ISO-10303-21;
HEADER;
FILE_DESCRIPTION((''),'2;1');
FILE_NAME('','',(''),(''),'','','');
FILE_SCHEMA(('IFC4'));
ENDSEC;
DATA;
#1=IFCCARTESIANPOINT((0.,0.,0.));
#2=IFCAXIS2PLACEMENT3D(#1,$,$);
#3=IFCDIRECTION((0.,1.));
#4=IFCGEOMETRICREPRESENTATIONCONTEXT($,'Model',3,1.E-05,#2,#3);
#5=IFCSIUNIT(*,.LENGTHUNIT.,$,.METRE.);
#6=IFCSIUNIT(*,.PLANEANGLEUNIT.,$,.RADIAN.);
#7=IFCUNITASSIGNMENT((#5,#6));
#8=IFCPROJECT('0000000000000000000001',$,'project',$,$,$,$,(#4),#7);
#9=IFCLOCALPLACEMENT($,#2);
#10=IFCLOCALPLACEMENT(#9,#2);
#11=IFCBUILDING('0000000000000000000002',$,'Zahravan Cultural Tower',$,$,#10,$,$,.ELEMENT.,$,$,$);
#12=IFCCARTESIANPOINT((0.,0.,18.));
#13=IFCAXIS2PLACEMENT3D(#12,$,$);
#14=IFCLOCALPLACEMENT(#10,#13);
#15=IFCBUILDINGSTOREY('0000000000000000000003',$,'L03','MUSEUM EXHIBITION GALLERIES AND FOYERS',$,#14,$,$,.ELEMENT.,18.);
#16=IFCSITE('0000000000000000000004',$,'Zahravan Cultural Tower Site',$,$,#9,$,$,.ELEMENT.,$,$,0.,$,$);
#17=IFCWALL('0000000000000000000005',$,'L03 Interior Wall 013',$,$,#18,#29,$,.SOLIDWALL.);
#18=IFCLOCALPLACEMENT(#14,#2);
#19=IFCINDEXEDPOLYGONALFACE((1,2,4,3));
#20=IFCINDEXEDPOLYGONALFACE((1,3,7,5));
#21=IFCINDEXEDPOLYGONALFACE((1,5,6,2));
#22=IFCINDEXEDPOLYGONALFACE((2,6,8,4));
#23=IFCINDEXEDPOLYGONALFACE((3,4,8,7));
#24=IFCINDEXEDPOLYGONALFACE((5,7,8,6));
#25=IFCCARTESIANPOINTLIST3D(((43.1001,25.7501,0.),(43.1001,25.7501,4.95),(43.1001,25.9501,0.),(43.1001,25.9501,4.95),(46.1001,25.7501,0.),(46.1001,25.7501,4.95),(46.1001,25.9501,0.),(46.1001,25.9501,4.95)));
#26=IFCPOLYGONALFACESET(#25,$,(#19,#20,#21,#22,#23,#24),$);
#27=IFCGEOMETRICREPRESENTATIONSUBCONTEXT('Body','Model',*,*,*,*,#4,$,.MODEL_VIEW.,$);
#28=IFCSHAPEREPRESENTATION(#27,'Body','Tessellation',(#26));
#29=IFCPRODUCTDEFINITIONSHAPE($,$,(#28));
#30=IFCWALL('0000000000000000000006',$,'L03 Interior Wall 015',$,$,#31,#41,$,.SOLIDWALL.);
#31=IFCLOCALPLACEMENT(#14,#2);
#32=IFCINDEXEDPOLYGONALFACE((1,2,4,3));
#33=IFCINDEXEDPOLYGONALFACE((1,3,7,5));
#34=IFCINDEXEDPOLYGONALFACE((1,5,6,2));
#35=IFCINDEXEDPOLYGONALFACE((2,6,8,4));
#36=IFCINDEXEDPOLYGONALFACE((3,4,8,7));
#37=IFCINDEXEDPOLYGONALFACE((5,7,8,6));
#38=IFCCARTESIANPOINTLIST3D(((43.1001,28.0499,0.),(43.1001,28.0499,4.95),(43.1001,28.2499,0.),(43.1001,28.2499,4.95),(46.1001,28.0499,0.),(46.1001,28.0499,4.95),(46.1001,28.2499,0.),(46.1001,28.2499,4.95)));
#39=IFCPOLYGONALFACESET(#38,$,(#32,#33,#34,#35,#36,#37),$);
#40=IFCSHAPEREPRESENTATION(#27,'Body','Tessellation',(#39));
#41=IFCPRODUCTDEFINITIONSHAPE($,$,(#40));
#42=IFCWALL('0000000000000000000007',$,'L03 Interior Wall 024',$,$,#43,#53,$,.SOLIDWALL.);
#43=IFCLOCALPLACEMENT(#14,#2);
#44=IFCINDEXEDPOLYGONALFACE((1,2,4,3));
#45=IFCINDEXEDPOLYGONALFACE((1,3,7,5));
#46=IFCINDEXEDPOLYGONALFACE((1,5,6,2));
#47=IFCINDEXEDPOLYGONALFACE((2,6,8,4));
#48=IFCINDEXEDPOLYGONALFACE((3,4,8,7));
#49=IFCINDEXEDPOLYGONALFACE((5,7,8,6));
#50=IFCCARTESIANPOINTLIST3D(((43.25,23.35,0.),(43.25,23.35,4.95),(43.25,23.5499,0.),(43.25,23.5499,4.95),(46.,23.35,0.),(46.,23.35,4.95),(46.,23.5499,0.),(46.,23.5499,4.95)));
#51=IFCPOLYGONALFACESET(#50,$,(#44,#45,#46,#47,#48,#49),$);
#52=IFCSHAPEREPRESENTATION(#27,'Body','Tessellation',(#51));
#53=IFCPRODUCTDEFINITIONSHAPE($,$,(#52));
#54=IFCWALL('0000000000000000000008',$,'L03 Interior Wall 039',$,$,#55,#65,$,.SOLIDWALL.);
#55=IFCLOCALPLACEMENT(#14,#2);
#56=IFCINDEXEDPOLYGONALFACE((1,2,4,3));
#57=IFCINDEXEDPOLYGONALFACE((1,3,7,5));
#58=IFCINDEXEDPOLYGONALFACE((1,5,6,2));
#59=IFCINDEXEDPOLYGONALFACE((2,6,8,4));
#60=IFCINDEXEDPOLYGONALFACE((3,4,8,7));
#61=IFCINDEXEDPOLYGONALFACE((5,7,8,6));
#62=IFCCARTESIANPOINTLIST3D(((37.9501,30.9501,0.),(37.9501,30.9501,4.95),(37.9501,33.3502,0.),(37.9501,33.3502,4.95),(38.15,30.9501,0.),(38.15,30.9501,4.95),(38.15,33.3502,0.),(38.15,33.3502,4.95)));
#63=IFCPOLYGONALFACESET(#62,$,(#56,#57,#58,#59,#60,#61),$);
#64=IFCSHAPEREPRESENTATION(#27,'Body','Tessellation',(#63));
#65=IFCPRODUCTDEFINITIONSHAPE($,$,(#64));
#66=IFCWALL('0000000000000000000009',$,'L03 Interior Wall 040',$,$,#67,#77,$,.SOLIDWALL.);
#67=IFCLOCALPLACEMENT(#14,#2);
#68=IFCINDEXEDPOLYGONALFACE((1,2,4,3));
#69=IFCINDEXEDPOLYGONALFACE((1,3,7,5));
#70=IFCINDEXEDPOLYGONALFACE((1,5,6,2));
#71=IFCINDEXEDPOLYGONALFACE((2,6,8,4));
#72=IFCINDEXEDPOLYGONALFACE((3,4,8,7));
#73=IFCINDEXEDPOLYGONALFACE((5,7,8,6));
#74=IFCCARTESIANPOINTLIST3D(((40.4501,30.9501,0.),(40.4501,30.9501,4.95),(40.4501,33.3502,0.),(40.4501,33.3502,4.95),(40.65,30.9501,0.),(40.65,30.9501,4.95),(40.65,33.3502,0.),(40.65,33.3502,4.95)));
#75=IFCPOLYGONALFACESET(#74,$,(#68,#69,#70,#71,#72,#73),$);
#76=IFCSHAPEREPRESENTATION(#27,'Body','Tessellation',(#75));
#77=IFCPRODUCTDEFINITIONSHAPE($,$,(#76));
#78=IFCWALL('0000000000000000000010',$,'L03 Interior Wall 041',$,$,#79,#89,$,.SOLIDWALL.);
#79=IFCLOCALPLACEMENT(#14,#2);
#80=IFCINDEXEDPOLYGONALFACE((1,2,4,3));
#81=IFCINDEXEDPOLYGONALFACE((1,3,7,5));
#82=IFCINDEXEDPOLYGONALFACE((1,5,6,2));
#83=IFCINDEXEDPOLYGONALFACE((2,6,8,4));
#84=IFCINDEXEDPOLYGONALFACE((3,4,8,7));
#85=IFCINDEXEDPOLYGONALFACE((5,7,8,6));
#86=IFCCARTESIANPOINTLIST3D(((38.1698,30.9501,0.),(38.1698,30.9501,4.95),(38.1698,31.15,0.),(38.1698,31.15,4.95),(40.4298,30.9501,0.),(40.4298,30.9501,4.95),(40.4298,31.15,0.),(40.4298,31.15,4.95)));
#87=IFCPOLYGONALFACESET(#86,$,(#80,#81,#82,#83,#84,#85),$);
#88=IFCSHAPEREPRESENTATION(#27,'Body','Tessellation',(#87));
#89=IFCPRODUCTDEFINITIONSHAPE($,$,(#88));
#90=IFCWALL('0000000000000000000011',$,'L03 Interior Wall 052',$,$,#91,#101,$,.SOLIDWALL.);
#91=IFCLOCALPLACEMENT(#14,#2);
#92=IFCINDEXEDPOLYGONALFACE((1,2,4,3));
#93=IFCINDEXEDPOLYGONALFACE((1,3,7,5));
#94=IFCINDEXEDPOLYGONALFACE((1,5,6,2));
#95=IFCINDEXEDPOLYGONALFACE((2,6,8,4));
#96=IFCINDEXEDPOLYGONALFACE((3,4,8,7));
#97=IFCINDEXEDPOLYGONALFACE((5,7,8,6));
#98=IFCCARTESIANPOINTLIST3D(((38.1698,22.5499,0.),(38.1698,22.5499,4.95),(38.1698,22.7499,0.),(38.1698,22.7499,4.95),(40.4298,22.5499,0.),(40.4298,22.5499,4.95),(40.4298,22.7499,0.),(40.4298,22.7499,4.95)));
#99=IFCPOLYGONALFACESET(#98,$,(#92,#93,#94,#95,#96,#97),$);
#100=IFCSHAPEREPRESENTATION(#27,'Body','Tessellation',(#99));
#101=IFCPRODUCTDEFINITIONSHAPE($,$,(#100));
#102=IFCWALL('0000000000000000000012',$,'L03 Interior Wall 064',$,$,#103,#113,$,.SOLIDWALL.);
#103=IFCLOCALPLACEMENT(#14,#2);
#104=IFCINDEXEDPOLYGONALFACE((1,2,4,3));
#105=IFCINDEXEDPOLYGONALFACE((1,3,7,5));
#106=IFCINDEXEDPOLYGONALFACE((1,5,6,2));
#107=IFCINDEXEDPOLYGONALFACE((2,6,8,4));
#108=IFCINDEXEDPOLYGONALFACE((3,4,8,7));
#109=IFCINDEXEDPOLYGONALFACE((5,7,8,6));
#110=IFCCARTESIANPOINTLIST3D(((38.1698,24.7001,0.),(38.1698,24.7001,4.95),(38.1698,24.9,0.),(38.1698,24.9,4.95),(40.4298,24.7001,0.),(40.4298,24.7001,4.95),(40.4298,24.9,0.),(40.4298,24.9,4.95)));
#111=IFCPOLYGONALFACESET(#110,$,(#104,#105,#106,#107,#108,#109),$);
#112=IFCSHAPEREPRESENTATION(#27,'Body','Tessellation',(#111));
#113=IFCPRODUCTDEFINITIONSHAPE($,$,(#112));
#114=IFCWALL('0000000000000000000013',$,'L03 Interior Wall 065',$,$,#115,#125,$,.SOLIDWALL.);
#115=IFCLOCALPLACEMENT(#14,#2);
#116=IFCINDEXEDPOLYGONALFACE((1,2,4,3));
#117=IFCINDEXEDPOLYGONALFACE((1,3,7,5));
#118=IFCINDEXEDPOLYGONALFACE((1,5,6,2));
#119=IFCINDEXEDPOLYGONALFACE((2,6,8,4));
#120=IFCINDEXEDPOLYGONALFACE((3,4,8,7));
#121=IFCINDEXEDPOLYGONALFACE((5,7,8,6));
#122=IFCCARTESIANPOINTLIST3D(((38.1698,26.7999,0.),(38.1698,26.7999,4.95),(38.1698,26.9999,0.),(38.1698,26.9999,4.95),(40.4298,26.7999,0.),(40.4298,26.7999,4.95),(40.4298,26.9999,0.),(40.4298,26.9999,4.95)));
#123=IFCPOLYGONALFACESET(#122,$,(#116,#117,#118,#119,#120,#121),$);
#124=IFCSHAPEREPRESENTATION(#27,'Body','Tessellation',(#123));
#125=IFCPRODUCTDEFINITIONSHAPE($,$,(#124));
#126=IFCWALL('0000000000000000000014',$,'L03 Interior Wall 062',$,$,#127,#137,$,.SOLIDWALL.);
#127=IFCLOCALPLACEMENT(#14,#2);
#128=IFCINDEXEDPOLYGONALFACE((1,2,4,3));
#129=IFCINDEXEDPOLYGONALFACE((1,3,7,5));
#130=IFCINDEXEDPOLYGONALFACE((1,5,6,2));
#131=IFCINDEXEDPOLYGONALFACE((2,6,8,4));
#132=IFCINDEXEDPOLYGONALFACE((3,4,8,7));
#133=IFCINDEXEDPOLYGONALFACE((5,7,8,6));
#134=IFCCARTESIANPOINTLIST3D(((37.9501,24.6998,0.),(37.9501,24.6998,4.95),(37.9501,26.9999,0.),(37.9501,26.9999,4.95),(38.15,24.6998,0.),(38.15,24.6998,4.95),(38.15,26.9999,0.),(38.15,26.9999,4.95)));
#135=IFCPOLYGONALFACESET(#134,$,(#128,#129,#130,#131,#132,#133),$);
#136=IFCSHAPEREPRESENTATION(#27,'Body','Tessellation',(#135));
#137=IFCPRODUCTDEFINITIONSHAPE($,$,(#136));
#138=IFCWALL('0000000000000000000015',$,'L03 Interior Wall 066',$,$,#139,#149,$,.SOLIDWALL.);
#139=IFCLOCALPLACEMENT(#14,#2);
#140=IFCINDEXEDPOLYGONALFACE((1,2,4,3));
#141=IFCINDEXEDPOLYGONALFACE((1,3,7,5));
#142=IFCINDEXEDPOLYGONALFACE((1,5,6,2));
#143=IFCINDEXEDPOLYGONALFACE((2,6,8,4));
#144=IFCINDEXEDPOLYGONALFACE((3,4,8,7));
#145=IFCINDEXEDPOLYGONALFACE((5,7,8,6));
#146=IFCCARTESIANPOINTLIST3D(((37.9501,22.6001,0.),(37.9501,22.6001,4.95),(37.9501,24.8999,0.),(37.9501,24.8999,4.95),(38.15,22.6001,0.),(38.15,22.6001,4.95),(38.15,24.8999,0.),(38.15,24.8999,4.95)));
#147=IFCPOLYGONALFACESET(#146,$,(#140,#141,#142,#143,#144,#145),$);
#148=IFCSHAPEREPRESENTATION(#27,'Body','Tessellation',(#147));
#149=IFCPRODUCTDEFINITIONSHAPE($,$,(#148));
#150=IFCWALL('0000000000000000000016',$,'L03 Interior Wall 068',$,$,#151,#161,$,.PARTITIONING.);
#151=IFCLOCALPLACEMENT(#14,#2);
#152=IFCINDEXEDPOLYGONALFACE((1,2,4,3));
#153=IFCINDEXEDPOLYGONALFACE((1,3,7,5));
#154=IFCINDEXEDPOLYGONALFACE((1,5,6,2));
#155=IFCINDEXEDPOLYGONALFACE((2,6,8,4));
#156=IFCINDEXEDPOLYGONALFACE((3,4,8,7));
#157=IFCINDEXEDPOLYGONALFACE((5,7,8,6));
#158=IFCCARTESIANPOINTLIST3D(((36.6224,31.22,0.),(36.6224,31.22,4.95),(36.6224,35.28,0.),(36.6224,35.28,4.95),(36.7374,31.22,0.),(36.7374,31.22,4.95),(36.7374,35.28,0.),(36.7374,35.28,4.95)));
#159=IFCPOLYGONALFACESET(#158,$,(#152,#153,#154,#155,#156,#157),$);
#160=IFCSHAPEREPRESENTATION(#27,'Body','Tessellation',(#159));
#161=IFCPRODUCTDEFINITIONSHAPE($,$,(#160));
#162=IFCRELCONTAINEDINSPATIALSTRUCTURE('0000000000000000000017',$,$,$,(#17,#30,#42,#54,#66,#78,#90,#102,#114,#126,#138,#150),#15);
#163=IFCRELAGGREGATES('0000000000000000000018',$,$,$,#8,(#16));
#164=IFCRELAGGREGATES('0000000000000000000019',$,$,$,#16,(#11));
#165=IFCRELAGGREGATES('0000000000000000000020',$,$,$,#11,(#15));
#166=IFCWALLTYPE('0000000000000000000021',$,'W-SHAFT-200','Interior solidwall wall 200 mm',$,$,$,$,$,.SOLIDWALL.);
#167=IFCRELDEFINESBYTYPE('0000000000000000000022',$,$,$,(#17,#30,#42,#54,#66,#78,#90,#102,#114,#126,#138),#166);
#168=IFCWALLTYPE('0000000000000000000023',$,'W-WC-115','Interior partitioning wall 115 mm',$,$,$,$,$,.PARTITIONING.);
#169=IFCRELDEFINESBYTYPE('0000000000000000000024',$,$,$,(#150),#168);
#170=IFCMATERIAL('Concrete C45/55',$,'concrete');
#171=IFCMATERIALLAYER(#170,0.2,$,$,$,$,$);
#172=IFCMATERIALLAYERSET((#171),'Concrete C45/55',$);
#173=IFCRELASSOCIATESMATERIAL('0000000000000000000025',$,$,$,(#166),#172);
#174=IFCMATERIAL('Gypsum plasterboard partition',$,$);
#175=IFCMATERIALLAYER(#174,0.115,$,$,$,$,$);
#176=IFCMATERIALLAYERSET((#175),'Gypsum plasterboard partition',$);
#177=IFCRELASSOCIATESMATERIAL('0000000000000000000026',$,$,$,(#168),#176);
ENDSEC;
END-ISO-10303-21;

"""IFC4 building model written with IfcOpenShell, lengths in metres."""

from ifc_helpers import new_model, si_unit, direction, frame, frame_2d, origin, place, context, subcontext, project, spatial, rectangle, extrude, source, transform, mapped, material, layer, layer_set, type_object, element, save


model = new_model("IFC4")

# Units and contexts
model_context = context("Model", 3, precision=1e-05, world=origin(), true_north=direction((0.0, 1.0)))
body_context = subcontext(model_context, "Body", "Model", "MODEL_VIEW")
ifc_project = project(units=[si_unit("LENGTHUNIT", "METRE"), si_unit("PLANEANGLEUNIT", "RADIAN")], contexts=[model_context])

# Site, building, storey
site_placement = place(None, origin())
site = spatial("IfcSite", under=ifc_project, at=site_placement, Name="Zahravan Cultural Tower Site", CompositionType="ELEMENT", RefElevation=0.0)
building_placement = place(site_placement, origin())
building = spatial("IfcBuilding", under=site, at=building_placement, Name="Zahravan Cultural Tower", CompositionType="ELEMENT")
storey_placement = place(building_placement, frame((0.0, 0.0, 18.0)))
storey = spatial("IfcBuildingStorey", under=building, at=storey_placement, Name="L03", Description="MUSEUM EXHIBITION GALLERIES AND FOYERS", CompositionType="ELEMENT", Elevation=18.0)

# Shared definitions
ifc_material_1 = material(Name="Concrete C45/55", Category="concrete")
ifc_layer_1 = layer(ifc_material_1, 0.2)
ifc_layer_set_1 = layer_set([ifc_layer_1], Name="Concrete C45/55")
wall_type_1 = type_object("IfcWallType", Name="W-SHAFT-200", Description="Interior solidwall wall 200 mm", PredefinedType="SOLIDWALL", material=ifc_layer_set_1)
ifc_material_2 = material(Name="Gypsum plasterboard partition")
ifc_layer_2 = layer(ifc_material_2, 0.115)
ifc_layer_set_2 = layer_set([ifc_layer_2], Name="Gypsum plasterboard partition")
wall_type_2 = type_object("IfcWallType", Name="W-WC-115", Description="Interior partitioning wall 115 mm", PredefinedType="PARTITIONING", material=ifc_layer_set_2)

# Walls
shared_shape_1 = source(origin(), body_context, "Body", "SweptSolid", [
    extrude(rectangle(XDim=3.0, YDim=0.2, at=frame_2d((1.5, 0.0))), origin(), (0.0, 0.0, 1.0), 4.95),
])
for number, where, z_axis, x_axis, name in (
    (1, (43.1001, 25.8501, 0.0), (0.0, 0.0, 1.0), (1.0, 0.0, 0.0), "L03 Interior Wall 013"),
    (2, (43.1001, 28.1499, 0.0), (0.0, 0.0, 1.0), (1.0, 0.0, 0.0), "L03 Interior Wall 015"),
):
    element("IfcWall", number, at=place(storey_placement, frame(where, z_axis=z_axis, x_axis=x_axis)), inside=storey, type_object=wall_type_1, Name=name, PredefinedType="SOLIDWALL", context=body_context, shape_type="MappedRepresentation", body=[
        mapped(shared_shape_1, transform((0.0, 0.0, 0.0), x_axis=(1.0, 0.0, 0.0), y_axis=(0.0, 1.0, 0.0), z_axis=(0.0, 0.0, 1.0), scale=1.0)),
    ])
shared_shape_2 = source(origin(), body_context, "Body", "SweptSolid", [
    extrude(rectangle(XDim=2.75, YDim=0.2, at=frame_2d((1.375, 0.0))), origin(), (0.0, 0.0, 1.0), 4.95),
])
wall_1_placement = place(storey_placement, frame((43.25, 23.45, 0.0), z_axis=(0.0, 0.0, 1.0), x_axis=(1.0, 0.0, 0.0)))
element("IfcWall", 3, at=wall_1_placement, inside=storey, type_object=wall_type_1, Name="L03 Interior Wall 024", PredefinedType="SOLIDWALL", context=body_context, shape_type="MappedRepresentation", body=[
    mapped(shared_shape_2, transform((0.0, 0.0, 0.0), x_axis=(1.0, 0.0, 0.0), y_axis=(0.0, 1.0, 0.0), z_axis=(0.0, 0.0, 1.0), scale=1.0)),
])
shared_shape_3 = source(origin(), body_context, "Body", "SweptSolid", [
    extrude(rectangle(XDim=2.4001, YDim=0.2, at=frame_2d((1.2002, 0.0))), origin(), (0.0, 0.0, 1.0), 4.95),
])
for number, where, z_axis, x_axis, name in (
    (4, (38.05, 30.95, 0.0), (0.0, 0.0, 1.0), (0.0, 1.0, 0.0), "L03 Interior Wall 039"),
    (5, (40.55, 30.95, 0.0), (0.0, 0.0, 1.0), (0.0, 1.0, 0.0), "L03 Interior Wall 040"),
):
    element("IfcWall", number, at=place(storey_placement, frame(where, z_axis=z_axis, x_axis=x_axis)), inside=storey, type_object=wall_type_1, Name=name, PredefinedType="SOLIDWALL", context=body_context, shape_type="MappedRepresentation", body=[
        mapped(shared_shape_3, transform((0.0, 0.0, 0.0), x_axis=(1.0, 0.0, 0.0), y_axis=(0.0, 1.0, 0.0), z_axis=(0.0, 0.0, 1.0), scale=1.0)),
    ])
shared_shape_4 = source(origin(), body_context, "Body", "SweptSolid", [
    extrude(rectangle(XDim=2.26, YDim=0.2, at=frame_2d((1.1299, 0.0))), origin(), (0.0, 0.0, 1.0), 4.95),
])
for number, where, z_axis, x_axis, name in (
    (6, (38.1699, 31.05, 0.0), (0.0, 0.0, 1.0), (1.0, 0.0, 0.0), "L03 Interior Wall 041"),
    (7, (38.1699, 22.6499, 0.0), (0.0, 0.0, 1.0), (1.0, 0.0, 0.0), "L03 Interior Wall 052"),
    (8, (38.1699, 24.8, 0.0), (0.0, 0.0, 1.0), (1.0, 0.0, 0.0), "L03 Interior Wall 064"),
    (9, (38.1699, 26.8999, 0.0), (0.0, 0.0, 1.0), (1.0, 0.0, 0.0), "L03 Interior Wall 065"),
):
    element("IfcWall", number, at=place(storey_placement, frame(where, z_axis=z_axis, x_axis=x_axis)), inside=storey, type_object=wall_type_1, Name=name, PredefinedType="SOLIDWALL", context=body_context, shape_type="MappedRepresentation", body=[
        mapped(shared_shape_4, transform((0.0, 0.0, 0.0), x_axis=(1.0, 0.0, 0.0), y_axis=(0.0, 1.0, 0.0), z_axis=(0.0, 0.0, 1.0), scale=1.0)),
    ])
shared_shape_5 = source(origin(), body_context, "Body", "SweptSolid", [
    extrude(rectangle(XDim=2.3, YDim=0.2, at=frame_2d((1.1499, 0.0))), origin(), (0.0, 0.0, 1.0), 4.95),
])
wall_2_placement = place(storey_placement, frame((38.05, 24.7, 0.0), z_axis=(0.0, 0.0, 1.0), x_axis=(0.0, 1.0, 0.0)))
element("IfcWall", 10, at=wall_2_placement, inside=storey, type_object=wall_type_1, Name="L03 Interior Wall 062", PredefinedType="SOLIDWALL", context=body_context, shape_type="MappedRepresentation", body=[
    mapped(shared_shape_5, transform((0.0, 0.0, 0.0), x_axis=(1.0, 0.0, 0.0), y_axis=(0.0, 1.0, 0.0), z_axis=(0.0, 0.0, 1.0), scale=1.0)),
])
shared_shape_6 = source(origin(), body_context, "Body", "SweptSolid", [
    extrude(rectangle(XDim=2.2998, YDim=0.2, at=frame_2d((1.1499, 0.0))), origin(), (0.0, 0.0, 1.0), 4.95),
])
wall_3_placement = place(storey_placement, frame((38.05, 22.6001, 0.0), z_axis=(0.0, 0.0, 1.0), x_axis=(0.0, 1.0, 0.0)))
element("IfcWall", 11, at=wall_3_placement, inside=storey, type_object=wall_type_1, Name="L03 Interior Wall 066", PredefinedType="SOLIDWALL", context=body_context, shape_type="MappedRepresentation", body=[
    mapped(shared_shape_6, transform((0.0, 0.0, 0.0), x_axis=(1.0, 0.0, 0.0), y_axis=(0.0, 1.0, 0.0), z_axis=(0.0, 0.0, 1.0), scale=1.0)),
])
shared_shape_7 = source(origin(), body_context, "Body", "SweptSolid", [
    extrude(rectangle(XDim=4.0601, YDim=0.115, at=frame_2d((2.03, 0.0))), origin(), (0.0, 0.0, 1.0), 4.95),
])
wall_4_placement = place(storey_placement, frame((36.6799, 31.22, 0.0), z_axis=(0.0, 0.0, 1.0), x_axis=(0.0, 1.0, 0.0)))
element("IfcWall", 12, at=wall_4_placement, inside=storey, type_object=wall_type_2, Name="L03 Interior Wall 068", PredefinedType="PARTITIONING", context=body_context, shape_type="MappedRepresentation", body=[
    mapped(shared_shape_7, transform((0.0, 0.0, 0.0), x_axis=(1.0, 0.0, 0.0), y_axis=(0.0, 1.0, 0.0), z_axis=(0.0, 0.0, 1.0), scale=1.0)),
])

save(model, "model.ifc")
